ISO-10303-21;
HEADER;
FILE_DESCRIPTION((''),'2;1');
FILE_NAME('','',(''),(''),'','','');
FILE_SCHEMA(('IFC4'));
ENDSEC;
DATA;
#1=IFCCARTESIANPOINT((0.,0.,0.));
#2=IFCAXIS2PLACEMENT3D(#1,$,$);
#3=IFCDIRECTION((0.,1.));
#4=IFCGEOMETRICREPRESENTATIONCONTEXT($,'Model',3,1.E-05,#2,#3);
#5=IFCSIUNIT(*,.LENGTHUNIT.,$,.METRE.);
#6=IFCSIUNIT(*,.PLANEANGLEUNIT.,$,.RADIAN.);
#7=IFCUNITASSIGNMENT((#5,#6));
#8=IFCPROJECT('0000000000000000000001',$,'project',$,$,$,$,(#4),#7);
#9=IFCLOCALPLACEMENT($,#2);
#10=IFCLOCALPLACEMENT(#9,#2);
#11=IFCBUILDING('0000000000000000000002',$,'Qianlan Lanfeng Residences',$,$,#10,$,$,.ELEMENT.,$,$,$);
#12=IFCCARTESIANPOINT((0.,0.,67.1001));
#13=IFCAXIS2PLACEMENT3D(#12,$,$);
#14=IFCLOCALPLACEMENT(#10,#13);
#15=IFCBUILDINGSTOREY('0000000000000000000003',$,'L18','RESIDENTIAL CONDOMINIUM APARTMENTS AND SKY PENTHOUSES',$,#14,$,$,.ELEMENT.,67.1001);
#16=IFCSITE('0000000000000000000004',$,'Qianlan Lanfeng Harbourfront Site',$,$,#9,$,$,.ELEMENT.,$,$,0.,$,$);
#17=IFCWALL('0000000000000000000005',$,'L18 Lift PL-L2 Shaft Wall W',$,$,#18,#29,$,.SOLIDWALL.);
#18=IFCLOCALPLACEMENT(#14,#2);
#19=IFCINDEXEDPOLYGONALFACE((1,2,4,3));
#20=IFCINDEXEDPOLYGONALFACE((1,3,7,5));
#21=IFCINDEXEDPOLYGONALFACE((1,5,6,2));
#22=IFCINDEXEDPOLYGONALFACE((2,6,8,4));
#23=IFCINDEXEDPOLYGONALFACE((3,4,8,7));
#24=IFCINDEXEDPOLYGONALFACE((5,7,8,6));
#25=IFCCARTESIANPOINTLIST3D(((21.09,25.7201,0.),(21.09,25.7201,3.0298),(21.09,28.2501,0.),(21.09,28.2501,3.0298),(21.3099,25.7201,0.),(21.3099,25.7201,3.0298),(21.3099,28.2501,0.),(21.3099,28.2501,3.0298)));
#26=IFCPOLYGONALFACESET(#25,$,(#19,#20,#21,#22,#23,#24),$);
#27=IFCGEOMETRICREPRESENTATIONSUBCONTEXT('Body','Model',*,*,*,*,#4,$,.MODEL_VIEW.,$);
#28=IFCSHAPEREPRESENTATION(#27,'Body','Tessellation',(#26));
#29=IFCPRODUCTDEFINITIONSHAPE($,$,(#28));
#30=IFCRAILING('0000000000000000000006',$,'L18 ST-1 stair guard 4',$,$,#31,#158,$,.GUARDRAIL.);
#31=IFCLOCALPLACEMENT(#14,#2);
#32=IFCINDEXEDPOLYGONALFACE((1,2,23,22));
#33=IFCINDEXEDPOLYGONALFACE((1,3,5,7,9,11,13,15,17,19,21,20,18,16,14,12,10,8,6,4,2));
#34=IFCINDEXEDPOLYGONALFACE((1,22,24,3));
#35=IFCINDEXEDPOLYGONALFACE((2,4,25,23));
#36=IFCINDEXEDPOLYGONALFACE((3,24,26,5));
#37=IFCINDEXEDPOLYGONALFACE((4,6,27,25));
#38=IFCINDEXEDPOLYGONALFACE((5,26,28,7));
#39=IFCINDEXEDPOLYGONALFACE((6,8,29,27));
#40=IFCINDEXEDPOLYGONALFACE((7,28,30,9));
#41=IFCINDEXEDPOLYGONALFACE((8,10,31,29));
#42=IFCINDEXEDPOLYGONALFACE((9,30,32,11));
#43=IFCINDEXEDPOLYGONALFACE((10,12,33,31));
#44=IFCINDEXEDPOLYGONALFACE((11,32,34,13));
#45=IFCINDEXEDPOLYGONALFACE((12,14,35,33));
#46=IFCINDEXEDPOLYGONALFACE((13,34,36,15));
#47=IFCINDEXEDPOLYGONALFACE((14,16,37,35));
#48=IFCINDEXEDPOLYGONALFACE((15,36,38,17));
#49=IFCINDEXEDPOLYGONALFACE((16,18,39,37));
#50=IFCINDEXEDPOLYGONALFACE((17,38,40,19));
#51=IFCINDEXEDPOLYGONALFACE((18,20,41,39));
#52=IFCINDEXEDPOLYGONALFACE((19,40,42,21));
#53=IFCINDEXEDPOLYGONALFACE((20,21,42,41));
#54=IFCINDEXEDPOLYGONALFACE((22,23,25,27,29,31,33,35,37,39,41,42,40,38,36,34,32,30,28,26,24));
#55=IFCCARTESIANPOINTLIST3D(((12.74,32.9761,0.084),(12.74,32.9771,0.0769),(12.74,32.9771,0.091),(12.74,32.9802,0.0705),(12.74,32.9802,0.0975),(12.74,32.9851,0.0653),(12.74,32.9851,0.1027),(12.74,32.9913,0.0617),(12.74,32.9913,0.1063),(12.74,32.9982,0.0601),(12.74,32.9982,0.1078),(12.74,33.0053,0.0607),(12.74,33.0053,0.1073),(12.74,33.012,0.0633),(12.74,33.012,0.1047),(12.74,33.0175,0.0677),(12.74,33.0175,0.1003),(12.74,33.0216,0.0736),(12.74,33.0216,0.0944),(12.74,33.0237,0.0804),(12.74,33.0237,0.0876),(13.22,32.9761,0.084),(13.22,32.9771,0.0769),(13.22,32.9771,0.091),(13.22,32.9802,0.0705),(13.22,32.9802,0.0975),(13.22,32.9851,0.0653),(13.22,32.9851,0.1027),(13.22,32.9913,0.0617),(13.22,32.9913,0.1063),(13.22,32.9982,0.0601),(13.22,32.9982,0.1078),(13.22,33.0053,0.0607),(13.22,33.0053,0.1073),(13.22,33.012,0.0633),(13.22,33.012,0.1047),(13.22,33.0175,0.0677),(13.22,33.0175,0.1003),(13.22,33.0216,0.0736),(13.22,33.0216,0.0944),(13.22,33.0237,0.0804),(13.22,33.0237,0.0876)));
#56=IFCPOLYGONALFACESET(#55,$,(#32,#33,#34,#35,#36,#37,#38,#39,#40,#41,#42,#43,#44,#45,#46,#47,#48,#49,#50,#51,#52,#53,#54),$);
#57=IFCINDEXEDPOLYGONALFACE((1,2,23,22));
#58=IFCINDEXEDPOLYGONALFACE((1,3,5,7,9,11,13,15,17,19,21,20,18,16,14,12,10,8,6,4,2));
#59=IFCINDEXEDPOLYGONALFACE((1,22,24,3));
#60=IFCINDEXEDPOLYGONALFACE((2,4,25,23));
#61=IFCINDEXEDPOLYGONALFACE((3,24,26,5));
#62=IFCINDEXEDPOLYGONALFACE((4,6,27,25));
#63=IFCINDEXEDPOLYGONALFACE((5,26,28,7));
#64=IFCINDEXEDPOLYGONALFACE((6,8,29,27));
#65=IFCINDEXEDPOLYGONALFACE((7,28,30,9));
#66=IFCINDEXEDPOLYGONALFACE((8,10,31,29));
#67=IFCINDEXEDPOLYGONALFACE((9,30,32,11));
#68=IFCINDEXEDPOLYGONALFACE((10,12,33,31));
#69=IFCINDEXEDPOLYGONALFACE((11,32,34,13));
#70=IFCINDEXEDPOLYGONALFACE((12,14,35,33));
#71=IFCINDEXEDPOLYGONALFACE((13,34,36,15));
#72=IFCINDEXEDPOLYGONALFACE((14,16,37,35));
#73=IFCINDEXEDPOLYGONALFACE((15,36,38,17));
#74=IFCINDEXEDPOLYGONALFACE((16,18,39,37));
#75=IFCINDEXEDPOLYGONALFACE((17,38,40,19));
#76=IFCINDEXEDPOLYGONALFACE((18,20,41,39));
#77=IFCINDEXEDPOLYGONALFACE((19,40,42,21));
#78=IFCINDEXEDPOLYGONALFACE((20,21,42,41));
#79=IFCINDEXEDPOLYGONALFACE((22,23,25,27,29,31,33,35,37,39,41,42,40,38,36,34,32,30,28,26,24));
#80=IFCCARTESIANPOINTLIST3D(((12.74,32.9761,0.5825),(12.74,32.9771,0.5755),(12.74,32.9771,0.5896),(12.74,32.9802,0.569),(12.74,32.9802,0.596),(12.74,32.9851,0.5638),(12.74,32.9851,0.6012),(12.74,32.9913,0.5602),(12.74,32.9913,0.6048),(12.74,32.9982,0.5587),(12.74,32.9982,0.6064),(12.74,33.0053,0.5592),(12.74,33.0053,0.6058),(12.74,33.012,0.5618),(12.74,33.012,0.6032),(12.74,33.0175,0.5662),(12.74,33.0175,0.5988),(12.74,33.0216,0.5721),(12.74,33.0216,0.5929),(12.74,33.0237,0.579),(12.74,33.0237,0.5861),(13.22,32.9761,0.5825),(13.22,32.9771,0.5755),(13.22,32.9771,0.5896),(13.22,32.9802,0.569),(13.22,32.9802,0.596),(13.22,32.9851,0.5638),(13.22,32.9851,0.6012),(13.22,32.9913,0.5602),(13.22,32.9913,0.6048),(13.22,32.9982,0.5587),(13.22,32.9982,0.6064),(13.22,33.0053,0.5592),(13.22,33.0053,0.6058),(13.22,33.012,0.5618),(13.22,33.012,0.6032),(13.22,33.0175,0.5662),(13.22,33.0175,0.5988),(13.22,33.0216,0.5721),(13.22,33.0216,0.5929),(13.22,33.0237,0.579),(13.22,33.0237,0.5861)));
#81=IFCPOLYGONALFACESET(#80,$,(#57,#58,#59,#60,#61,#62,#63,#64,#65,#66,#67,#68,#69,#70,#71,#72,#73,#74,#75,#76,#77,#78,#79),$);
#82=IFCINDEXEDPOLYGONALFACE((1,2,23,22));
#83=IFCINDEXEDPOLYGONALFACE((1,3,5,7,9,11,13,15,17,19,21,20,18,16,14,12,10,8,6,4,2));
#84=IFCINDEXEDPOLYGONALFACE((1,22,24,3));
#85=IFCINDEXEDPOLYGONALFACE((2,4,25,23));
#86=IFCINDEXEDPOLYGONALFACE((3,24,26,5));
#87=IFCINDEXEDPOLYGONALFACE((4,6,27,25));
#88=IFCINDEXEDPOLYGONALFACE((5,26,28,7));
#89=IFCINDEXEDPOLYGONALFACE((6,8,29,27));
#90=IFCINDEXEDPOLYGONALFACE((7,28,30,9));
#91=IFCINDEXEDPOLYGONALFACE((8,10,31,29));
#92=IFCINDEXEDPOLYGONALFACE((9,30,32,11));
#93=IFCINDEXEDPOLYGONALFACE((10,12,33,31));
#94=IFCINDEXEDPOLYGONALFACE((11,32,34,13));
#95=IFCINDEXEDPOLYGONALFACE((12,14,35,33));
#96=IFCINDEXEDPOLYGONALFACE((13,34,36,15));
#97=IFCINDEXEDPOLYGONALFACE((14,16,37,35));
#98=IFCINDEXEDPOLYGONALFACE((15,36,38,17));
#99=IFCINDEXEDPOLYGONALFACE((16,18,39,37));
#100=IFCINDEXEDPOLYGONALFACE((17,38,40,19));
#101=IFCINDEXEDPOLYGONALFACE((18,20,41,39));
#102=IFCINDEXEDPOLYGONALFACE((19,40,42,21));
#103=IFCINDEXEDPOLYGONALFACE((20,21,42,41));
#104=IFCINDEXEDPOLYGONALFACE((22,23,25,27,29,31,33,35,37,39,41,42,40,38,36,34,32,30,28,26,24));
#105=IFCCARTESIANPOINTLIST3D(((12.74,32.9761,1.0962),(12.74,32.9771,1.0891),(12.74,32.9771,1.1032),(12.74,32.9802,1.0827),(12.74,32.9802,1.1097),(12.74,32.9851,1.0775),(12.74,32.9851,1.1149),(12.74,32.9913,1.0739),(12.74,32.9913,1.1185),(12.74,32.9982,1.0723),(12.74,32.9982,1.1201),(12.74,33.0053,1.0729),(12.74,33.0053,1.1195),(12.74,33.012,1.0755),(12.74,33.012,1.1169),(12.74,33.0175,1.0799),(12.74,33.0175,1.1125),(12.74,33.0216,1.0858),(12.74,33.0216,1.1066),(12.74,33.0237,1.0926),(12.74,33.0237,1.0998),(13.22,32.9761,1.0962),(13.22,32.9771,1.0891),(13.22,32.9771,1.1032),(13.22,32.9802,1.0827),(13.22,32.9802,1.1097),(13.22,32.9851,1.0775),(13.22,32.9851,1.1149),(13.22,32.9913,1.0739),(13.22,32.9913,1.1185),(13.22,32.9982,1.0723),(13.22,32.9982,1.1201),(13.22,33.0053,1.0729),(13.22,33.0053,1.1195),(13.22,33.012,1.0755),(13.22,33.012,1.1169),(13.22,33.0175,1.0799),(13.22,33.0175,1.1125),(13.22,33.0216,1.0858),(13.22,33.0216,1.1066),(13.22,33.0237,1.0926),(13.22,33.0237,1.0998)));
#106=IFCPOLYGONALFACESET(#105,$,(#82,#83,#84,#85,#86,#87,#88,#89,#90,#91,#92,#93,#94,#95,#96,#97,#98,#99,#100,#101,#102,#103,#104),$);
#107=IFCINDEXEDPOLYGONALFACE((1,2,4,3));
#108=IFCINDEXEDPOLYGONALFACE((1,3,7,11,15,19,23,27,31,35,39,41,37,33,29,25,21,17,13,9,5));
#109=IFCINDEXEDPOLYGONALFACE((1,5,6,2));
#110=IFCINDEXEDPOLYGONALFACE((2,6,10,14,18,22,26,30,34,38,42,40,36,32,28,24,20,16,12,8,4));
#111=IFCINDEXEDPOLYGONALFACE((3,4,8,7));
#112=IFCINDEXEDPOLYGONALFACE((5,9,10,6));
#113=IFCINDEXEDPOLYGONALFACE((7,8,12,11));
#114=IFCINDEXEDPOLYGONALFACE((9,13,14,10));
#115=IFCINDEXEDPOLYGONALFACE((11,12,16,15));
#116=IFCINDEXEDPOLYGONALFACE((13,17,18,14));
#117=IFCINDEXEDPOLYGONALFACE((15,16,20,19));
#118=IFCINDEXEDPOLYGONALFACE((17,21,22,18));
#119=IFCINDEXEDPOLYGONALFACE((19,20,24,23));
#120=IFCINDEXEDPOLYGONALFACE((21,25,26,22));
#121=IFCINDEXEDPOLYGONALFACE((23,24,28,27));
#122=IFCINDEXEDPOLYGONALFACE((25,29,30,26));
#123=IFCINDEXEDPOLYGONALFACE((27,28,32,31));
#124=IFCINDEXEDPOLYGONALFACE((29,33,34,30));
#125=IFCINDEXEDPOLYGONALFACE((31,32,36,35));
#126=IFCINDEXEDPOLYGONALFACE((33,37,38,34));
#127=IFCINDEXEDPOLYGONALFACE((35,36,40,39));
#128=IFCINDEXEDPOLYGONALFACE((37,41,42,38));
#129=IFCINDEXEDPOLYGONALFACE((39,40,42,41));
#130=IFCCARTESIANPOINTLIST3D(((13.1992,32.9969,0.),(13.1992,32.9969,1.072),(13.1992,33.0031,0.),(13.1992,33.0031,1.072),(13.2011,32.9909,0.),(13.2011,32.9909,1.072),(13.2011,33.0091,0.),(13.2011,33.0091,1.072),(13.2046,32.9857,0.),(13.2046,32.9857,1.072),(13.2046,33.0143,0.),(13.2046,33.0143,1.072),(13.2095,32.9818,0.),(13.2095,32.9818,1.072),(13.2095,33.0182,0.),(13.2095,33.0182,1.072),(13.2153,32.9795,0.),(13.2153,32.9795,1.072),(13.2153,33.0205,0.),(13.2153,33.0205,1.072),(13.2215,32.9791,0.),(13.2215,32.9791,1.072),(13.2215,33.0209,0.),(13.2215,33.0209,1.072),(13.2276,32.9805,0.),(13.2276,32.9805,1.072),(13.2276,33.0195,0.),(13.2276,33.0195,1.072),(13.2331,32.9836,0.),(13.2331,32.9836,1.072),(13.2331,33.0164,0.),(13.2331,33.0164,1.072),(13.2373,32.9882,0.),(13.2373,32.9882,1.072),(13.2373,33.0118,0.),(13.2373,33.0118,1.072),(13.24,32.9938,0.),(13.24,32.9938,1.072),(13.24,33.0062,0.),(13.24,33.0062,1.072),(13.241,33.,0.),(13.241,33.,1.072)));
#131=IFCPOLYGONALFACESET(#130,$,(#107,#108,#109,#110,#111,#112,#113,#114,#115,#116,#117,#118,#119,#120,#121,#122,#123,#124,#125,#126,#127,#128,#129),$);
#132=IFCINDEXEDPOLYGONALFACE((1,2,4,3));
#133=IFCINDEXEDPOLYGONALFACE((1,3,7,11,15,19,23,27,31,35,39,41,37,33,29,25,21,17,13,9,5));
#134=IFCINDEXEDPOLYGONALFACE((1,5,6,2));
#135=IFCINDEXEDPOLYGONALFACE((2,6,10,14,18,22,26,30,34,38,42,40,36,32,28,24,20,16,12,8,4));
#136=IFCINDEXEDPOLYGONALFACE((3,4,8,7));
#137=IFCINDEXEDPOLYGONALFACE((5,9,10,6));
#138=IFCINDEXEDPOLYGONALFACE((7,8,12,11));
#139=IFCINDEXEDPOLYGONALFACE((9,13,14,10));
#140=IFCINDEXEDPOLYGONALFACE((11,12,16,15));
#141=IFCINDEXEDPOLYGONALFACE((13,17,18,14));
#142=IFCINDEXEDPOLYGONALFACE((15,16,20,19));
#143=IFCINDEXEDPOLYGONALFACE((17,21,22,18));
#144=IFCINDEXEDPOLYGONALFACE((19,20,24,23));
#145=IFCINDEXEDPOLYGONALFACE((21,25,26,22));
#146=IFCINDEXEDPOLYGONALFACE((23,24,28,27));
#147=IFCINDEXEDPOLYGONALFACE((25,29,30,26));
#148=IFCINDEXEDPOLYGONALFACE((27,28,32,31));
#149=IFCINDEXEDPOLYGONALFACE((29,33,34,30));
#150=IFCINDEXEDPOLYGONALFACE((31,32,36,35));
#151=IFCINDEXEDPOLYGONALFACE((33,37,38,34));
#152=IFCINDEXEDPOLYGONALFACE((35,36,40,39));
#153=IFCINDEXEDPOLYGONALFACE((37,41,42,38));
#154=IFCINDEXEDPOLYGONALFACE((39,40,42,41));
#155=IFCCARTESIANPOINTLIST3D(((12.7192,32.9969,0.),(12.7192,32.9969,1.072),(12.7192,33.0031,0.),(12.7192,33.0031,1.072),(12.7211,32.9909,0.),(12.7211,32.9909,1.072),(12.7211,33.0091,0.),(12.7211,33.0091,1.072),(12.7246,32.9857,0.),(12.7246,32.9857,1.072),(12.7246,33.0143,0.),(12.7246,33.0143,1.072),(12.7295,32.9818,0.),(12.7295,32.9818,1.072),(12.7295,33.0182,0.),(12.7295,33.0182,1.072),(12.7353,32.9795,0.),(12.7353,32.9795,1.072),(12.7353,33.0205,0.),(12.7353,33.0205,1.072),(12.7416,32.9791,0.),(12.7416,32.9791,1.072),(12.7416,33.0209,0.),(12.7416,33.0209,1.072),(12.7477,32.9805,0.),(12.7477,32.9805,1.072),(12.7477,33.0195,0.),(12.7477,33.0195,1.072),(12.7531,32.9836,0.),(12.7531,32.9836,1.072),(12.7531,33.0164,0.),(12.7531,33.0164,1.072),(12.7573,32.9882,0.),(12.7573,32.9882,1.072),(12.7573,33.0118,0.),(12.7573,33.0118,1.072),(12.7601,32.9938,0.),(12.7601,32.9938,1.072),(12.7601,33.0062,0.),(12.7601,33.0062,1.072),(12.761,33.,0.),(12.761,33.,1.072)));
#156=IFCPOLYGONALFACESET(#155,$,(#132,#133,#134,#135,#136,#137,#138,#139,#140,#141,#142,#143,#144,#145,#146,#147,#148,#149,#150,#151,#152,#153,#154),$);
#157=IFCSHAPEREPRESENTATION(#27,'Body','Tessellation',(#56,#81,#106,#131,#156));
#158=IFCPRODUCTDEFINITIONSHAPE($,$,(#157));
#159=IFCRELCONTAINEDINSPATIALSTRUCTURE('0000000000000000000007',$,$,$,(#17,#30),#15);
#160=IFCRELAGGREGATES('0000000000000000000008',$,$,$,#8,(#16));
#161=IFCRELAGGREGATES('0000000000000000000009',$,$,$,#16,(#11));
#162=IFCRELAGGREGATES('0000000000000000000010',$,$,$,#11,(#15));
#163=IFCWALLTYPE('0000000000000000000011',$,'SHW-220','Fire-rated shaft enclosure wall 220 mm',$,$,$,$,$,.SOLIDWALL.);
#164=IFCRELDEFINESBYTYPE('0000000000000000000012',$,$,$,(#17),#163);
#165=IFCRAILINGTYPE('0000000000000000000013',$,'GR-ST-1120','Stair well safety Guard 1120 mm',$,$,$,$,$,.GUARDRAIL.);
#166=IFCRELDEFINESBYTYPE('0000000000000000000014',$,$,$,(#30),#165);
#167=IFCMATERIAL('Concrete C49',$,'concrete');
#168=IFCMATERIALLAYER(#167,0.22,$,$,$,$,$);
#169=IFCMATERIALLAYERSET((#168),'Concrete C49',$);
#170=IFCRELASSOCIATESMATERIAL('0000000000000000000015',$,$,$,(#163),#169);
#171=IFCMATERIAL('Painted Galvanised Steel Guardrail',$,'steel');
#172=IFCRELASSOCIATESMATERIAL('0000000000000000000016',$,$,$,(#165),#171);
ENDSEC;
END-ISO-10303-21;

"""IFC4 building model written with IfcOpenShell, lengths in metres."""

from ifc_helpers import new_model, si_unit, direction, frame, frame_2d, origin, origin_2d, place, context, subcontext, project, spatial, rectangle, circle, extrude, material, layer, layer_set, type_object, element, save


model = new_model("IFC4")

# Units and contexts
model_context = context("Model", 3, precision=1e-05, world=origin(), true_north=direction((0.0, 1.0)))
body_context = subcontext(model_context, "Body", "Model", "MODEL_VIEW")
ifc_project = project(units=[si_unit("LENGTHUNIT", "METRE"), si_unit("PLANEANGLEUNIT", "RADIAN")], contexts=[model_context])

# Site, building, storey
site_placement = place(None, origin())
site = spatial("IfcSite", under=ifc_project, at=site_placement, Name="Qianlan Lanfeng Harbourfront Site", CompositionType="ELEMENT", RefElevation=0.0)
building_placement = place(site_placement, origin())
building = spatial("IfcBuilding", under=site, at=building_placement, Name="Qianlan Lanfeng Residences", CompositionType="ELEMENT")
storey_placement = place(building_placement, frame((0.0, 0.0, 67.1001)))
storey = spatial("IfcBuildingStorey", under=building, at=storey_placement, Name="L18", Description="RESIDENTIAL CONDOMINIUM APARTMENTS AND SKY PENTHOUSES", CompositionType="ELEMENT", Elevation=67.1001)

# Wall
ifc_material_1 = material(Name="Concrete C49", Category="concrete")
ifc_layer_1 = layer(ifc_material_1, 0.22)
ifc_layer_set_1 = layer_set([ifc_layer_1], Name="Concrete C49")
wall_type_1 = type_object("IfcWallType", Name="SHW-220", Description="Fire-rated shaft enclosure wall 220 mm", PredefinedType="SOLIDWALL", material=ifc_layer_set_1)
wall_1_placement = place(storey_placement, frame((21.2, 25.72, 0.0), z_axis=(0.0, 0.0, 1.0), x_axis=(0.0, 1.0, 0.0)))
element("IfcWall", 1, at=wall_1_placement, inside=storey, type_object=wall_type_1, Name="L18 Lift PL-L2 Shaft Wall W", PredefinedType="SOLIDWALL", context=body_context, shape_type="SweptSolid", body=[
    extrude(rectangle(XDim=2.53, YDim=0.22, at=frame_2d((1.2651, 0.0))), origin(), (0.0, 0.0, 1.0), 3.0298),
])

# Railing
ifc_material_2 = material(Name="Painted Galvanised Steel Guardrail", Category="steel")
railing_type = type_object("IfcRailingType", Name="GR-ST-1120", Description="Stair well safety Guard 1120 mm", PredefinedType="GUARDRAIL", material=ifc_material_2)
railing_placement = place(storey_placement, frame((13.22, 33.0, 0.0)))
element("IfcRailing", 2, at=railing_placement, inside=storey, type_object=railing_type, Name="L18 ST-1 stair guard 4", PredefinedType="GUARDRAIL", context=body_context, shape_type="SweptSolid", body=[
    extrude(circle(Radius=0.0239, at=origin_2d()), frame((0.0, 0.0, 0.084), z_axis=(-1.0, 0.0, 0.0), x_axis=(0.0, -1.0, 0.0)), (0.0, 0.0, 1.0), 0.48),
    extrude(circle(Radius=0.0239, at=origin_2d()), frame((0.0, 0.0, 0.5825), z_axis=(-1.0, 0.0, 0.0), x_axis=(0.0, -1.0, 0.0)), (0.0, 0.0, 1.0), 0.48),
    extrude(circle(Radius=0.0239, at=origin_2d()), frame((0.0, 0.0, 1.0962), z_axis=(-1.0, 0.0, 0.0), x_axis=(0.0, -1.0, 0.0)), (0.0, 0.0, 1.0), 0.48),
    extrude(circle(Radius=0.021, at=origin_2d()), origin(), (0.0, 0.0, 1.0), 1.072),
    extrude(circle(Radius=0.021, at=origin_2d()), frame((-0.48, 0.0, 0.0)), (0.0, 0.0, 1.0), 1.072),
])

save(model, "model.ifc")
